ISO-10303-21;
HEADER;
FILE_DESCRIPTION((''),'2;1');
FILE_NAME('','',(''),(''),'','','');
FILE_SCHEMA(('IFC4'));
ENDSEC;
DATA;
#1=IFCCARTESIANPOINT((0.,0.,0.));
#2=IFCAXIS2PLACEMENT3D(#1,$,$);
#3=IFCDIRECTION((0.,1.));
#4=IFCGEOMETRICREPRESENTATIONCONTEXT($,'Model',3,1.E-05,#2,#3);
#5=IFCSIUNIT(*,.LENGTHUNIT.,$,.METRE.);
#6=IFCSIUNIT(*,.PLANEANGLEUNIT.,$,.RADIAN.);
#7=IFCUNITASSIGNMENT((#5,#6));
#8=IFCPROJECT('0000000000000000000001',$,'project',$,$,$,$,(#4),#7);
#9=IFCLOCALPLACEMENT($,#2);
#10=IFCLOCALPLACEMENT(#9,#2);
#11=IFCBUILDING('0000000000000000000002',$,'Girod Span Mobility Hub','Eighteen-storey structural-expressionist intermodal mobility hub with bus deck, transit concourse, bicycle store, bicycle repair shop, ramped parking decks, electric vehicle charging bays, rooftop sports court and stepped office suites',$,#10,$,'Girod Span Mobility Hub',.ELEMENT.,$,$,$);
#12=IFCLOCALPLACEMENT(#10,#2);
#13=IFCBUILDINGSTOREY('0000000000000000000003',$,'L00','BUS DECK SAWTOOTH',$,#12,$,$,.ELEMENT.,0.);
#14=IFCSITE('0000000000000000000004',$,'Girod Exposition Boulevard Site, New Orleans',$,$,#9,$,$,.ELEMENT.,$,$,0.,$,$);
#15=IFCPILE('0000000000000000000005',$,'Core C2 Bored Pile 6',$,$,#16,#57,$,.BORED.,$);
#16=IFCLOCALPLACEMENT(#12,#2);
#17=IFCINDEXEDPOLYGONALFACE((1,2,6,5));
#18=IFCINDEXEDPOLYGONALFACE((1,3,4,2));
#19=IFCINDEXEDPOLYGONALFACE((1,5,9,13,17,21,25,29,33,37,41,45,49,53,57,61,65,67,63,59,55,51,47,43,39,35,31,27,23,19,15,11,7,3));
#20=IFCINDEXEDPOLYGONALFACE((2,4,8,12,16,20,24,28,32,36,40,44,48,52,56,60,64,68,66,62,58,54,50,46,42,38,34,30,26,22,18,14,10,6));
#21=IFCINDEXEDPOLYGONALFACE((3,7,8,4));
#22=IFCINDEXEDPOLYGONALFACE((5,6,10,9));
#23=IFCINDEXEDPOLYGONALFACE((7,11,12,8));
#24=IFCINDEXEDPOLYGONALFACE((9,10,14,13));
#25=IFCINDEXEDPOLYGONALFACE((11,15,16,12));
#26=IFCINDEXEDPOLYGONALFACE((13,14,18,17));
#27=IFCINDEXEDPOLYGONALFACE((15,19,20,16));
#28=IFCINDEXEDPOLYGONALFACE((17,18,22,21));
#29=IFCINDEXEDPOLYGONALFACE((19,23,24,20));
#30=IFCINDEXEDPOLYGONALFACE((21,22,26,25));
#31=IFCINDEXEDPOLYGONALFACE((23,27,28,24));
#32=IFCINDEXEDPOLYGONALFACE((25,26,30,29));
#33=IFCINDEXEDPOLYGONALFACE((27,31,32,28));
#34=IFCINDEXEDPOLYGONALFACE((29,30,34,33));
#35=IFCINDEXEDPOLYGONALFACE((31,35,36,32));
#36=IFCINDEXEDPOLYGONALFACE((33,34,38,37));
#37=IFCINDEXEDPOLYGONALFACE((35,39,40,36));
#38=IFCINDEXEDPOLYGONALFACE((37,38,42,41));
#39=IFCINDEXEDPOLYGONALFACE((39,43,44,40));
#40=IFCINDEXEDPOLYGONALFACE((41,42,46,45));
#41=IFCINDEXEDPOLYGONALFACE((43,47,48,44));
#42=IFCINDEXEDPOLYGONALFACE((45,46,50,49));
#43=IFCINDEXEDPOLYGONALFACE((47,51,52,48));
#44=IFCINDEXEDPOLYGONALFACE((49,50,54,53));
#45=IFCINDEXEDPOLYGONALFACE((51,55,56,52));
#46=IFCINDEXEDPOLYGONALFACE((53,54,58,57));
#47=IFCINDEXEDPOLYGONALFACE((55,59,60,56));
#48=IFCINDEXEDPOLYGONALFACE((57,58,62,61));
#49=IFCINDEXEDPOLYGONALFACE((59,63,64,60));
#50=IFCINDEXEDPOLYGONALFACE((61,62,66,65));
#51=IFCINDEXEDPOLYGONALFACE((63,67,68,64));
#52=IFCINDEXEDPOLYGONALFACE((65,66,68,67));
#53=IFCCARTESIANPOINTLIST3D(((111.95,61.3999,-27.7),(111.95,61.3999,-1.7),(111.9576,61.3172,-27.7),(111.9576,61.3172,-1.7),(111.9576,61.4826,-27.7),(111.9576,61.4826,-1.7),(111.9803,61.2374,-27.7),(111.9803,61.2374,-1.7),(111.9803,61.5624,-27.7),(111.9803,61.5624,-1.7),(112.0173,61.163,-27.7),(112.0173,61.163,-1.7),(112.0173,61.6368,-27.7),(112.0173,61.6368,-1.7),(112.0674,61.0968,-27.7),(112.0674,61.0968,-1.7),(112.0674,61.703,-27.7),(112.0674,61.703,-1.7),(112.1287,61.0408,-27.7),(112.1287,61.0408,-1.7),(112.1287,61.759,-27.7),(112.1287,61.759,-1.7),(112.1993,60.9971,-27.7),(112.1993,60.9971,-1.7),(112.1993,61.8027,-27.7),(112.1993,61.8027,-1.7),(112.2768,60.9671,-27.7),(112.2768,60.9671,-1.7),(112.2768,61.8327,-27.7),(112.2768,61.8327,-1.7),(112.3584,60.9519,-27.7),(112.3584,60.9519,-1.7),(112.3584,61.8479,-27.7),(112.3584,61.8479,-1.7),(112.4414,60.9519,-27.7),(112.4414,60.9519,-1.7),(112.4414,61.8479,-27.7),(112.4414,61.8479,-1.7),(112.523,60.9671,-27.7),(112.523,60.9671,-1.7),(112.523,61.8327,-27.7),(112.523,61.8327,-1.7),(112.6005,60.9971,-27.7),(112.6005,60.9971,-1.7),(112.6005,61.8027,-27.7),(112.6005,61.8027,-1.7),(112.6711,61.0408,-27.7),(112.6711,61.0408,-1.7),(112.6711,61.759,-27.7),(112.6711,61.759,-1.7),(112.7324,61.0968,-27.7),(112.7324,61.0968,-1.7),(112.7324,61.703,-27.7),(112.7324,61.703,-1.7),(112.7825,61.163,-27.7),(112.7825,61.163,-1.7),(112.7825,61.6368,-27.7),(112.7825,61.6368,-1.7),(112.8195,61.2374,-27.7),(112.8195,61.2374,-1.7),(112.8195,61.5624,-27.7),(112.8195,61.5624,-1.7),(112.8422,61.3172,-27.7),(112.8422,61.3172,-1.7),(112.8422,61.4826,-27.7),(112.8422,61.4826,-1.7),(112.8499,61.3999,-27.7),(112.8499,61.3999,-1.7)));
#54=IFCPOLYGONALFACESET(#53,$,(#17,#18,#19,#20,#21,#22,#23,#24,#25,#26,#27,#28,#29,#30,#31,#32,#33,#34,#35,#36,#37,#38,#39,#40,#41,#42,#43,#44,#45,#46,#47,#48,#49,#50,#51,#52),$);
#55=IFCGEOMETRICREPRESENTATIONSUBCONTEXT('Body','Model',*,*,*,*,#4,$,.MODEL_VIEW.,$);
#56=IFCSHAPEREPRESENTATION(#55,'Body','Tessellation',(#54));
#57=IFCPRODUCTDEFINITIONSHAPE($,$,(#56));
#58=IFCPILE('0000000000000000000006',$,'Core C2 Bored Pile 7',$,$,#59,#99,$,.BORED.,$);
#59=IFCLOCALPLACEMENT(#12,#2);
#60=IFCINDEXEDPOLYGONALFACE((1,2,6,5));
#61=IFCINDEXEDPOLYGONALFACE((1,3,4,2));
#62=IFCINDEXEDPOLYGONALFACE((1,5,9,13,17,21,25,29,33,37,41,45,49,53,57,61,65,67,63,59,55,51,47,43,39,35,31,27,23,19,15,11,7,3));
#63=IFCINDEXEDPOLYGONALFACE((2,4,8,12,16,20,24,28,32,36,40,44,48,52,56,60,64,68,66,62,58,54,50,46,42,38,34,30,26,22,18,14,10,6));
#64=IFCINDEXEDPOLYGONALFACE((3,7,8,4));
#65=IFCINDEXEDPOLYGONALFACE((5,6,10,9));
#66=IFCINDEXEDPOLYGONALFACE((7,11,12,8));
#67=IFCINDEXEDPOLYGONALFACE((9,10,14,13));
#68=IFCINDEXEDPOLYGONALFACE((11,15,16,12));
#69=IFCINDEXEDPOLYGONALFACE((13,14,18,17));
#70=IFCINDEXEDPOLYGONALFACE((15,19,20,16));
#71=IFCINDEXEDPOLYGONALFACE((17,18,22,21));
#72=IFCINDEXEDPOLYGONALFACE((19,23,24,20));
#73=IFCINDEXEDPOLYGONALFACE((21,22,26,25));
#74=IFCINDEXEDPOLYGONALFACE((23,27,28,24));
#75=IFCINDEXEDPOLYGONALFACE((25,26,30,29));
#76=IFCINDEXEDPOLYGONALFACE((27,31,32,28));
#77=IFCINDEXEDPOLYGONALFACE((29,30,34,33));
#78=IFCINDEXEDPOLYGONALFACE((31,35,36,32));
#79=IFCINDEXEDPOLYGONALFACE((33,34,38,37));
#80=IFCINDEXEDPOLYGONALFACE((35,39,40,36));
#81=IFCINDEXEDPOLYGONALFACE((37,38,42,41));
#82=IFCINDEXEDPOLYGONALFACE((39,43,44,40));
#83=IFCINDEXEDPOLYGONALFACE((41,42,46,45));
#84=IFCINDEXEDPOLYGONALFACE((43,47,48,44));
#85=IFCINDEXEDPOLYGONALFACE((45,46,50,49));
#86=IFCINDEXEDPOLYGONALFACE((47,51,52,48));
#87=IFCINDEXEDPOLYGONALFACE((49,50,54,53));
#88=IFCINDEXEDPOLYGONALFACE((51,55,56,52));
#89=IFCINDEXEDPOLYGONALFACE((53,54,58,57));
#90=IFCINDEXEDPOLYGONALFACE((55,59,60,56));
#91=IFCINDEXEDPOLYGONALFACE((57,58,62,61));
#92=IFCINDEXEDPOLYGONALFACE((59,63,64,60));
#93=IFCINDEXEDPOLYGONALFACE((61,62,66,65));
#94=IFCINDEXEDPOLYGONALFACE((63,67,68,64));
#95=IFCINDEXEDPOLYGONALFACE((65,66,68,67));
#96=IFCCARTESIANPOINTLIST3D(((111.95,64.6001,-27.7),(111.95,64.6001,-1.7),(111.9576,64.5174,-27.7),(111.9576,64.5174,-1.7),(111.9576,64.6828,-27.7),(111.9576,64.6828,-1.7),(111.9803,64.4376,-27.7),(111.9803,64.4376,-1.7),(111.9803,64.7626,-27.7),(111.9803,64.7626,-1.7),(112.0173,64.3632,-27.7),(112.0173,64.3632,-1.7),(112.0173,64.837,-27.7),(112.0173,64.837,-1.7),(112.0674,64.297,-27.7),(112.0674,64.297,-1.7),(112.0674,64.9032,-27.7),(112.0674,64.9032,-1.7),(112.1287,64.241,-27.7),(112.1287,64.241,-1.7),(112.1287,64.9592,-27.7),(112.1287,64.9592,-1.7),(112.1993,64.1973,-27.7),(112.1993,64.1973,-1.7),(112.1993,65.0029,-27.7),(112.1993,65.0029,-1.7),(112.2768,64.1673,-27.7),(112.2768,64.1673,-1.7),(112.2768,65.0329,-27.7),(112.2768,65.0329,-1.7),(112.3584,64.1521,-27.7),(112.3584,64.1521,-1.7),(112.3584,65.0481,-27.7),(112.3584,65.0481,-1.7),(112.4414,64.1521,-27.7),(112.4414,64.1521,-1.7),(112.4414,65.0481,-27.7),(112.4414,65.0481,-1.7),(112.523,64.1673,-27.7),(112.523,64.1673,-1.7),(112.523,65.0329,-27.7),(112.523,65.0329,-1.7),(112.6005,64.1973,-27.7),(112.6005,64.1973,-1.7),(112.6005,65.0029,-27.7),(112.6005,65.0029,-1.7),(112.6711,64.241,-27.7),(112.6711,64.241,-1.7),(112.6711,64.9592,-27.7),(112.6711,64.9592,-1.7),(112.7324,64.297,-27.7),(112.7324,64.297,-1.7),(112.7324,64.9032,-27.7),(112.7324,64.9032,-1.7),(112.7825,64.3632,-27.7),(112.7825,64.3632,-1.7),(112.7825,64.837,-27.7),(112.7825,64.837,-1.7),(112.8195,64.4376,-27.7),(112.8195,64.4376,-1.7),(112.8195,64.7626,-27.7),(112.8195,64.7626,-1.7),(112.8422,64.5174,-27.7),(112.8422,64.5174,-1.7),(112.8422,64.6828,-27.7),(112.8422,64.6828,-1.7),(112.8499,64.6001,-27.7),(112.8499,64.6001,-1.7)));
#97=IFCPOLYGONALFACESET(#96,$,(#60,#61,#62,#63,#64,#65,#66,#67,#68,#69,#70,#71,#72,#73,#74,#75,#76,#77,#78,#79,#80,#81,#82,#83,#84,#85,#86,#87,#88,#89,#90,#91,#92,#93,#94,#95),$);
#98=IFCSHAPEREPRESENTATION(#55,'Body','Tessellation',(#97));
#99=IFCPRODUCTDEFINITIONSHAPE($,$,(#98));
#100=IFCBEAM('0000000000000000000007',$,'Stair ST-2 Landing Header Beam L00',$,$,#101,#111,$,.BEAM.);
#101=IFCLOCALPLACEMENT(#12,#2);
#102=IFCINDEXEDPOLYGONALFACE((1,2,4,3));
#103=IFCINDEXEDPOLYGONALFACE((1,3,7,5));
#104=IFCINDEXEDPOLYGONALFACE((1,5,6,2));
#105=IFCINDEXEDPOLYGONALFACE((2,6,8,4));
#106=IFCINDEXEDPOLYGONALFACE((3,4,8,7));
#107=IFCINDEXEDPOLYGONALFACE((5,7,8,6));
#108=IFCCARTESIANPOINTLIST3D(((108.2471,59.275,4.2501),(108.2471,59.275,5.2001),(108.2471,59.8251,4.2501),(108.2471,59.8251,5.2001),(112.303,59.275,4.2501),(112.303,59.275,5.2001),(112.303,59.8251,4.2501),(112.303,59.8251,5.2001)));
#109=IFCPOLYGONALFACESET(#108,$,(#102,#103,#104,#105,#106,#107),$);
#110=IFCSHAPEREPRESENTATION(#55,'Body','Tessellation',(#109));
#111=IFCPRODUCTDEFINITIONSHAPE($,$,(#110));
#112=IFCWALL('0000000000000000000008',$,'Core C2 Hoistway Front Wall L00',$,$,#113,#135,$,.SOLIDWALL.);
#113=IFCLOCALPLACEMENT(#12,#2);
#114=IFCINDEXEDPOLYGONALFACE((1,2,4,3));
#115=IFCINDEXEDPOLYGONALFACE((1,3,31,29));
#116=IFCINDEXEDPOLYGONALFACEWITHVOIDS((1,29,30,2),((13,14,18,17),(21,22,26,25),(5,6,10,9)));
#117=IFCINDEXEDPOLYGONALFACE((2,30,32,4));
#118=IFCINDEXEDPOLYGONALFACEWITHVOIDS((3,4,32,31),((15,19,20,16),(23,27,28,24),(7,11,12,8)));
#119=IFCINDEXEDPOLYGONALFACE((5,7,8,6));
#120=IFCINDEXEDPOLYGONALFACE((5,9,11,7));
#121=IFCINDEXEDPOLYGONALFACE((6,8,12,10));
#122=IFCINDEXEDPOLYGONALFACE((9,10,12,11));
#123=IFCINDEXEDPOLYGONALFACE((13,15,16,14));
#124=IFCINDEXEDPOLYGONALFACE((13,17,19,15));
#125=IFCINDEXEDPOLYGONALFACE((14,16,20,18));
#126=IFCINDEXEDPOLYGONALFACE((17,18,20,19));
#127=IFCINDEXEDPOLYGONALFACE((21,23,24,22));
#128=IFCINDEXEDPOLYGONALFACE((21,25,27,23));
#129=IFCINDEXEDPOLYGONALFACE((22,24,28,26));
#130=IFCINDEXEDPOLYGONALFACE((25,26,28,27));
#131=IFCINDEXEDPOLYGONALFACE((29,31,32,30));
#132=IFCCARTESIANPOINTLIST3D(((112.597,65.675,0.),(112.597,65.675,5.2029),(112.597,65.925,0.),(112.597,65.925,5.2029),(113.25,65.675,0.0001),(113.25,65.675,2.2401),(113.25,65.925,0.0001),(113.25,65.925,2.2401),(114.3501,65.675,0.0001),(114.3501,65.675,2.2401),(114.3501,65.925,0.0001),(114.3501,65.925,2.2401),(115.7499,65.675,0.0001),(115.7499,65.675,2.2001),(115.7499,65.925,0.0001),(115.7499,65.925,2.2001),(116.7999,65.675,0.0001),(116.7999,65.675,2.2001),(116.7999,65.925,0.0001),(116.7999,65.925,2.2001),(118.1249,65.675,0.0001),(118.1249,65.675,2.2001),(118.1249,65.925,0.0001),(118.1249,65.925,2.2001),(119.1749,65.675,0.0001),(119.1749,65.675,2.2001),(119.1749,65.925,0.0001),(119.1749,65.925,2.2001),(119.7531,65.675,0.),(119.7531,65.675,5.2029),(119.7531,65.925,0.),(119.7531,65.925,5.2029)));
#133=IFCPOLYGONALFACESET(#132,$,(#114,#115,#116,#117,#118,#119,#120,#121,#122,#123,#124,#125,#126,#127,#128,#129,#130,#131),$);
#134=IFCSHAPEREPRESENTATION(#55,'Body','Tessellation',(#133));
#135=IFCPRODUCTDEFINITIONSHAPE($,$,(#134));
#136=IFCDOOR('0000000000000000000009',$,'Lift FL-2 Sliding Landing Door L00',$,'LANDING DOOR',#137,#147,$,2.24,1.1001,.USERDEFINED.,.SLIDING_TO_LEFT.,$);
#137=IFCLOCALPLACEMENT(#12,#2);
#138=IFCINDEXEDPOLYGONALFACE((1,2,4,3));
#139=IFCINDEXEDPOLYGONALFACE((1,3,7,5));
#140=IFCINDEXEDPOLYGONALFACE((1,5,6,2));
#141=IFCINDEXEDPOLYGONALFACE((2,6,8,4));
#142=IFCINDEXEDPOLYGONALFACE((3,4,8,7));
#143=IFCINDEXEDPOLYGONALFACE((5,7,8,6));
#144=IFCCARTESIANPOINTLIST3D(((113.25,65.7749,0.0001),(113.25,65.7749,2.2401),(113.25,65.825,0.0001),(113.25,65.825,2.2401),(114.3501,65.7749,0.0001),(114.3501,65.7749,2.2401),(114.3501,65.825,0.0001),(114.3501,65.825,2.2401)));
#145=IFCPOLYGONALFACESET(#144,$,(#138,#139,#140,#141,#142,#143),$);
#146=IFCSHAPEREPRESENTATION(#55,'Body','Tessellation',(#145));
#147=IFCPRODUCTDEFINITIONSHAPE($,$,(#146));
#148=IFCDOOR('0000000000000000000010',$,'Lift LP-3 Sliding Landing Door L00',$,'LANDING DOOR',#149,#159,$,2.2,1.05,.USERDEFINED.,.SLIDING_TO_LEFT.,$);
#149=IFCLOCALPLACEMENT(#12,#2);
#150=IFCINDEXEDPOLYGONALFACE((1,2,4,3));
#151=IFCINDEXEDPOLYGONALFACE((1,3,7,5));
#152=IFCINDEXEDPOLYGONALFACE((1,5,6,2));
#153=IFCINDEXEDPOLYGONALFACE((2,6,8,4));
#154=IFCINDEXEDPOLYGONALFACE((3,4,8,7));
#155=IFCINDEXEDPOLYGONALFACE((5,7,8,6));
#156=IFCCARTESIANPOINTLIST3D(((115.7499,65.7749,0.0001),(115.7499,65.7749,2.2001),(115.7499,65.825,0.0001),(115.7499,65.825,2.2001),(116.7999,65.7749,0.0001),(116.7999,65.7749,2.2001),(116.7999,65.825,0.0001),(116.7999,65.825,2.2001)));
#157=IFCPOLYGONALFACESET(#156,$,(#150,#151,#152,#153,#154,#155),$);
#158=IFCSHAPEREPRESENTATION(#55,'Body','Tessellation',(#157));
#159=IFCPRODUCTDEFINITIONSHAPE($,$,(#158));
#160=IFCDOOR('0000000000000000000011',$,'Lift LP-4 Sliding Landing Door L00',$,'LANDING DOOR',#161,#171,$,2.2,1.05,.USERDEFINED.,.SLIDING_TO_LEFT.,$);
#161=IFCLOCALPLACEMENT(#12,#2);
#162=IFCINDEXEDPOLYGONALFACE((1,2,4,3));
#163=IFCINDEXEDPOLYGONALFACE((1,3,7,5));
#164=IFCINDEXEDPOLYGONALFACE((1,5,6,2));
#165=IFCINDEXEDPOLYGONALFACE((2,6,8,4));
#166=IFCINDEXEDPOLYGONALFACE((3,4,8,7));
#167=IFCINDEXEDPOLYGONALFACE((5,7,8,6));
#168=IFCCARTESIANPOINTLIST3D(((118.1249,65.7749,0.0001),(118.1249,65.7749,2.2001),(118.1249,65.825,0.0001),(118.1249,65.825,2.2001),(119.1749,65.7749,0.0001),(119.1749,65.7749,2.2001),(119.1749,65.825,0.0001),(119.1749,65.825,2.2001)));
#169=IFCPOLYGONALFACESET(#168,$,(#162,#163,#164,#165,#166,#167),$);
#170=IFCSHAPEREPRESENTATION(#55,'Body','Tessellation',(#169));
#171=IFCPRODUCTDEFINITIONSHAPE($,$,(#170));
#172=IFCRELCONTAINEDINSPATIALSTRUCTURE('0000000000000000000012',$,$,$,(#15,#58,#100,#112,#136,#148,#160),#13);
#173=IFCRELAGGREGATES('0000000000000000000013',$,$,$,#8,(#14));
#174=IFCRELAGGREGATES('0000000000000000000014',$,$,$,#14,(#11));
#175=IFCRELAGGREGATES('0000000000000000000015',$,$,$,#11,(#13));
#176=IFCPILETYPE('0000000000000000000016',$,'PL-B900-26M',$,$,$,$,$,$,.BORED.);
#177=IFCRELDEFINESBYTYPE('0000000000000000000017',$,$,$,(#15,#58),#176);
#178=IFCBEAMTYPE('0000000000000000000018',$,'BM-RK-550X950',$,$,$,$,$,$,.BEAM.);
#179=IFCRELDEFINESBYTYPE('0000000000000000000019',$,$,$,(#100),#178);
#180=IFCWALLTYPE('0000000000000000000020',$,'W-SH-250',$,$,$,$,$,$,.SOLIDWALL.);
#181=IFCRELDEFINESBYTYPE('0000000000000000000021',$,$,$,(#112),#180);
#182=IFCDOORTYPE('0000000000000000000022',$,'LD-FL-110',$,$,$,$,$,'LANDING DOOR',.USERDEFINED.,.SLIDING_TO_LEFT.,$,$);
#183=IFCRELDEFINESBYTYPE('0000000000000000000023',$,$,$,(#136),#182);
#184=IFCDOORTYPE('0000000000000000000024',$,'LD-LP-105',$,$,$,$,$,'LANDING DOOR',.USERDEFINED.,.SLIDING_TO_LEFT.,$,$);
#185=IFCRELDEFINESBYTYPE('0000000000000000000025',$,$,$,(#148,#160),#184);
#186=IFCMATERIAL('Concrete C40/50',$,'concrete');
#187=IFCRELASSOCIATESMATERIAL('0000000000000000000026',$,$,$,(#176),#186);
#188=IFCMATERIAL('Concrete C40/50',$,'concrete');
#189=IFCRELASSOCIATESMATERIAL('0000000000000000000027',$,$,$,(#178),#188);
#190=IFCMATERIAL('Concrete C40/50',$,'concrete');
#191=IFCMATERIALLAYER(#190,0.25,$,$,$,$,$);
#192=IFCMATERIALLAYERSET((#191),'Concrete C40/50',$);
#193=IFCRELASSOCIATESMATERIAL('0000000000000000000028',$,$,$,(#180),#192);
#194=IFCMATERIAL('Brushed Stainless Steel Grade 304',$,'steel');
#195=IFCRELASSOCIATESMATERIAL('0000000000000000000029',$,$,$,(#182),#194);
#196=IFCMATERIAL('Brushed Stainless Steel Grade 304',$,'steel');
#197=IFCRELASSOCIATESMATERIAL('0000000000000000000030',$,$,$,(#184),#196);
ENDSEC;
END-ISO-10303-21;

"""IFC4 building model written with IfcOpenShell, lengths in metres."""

from ifc_helpers import new_model, si_unit, direction, frame, frame_2d, origin, origin_2d, place, context, subcontext, project, spatial, rectangle, circle, extrude, material, layer, layer_set, material_profile, profile_set, type_object, element, fill, save


model = new_model("IFC4")

# Units and contexts
model_context = context("Model", 3, precision=1e-05, world=origin(), true_north=direction((0.0, 1.0)))
body_context = subcontext(model_context, "Body", "Model", "MODEL_VIEW")
ifc_project = project(units=[si_unit("LENGTHUNIT", "METRE"), si_unit("PLANEANGLEUNIT", "RADIAN")], contexts=[model_context])

# Site, building, storey
site_placement = place(None, origin())
site = spatial("IfcSite", under=ifc_project, at=site_placement, Name="Girod Exposition Boulevard Site, New Orleans", CompositionType="ELEMENT", RefElevation=0.0)
building_placement = place(site_placement, origin())
building = spatial("IfcBuilding", under=site, at=building_placement, Name="Girod Span Mobility Hub", Description="Eighteen-storey structural-expressionist intermodal mobility hub with bus deck, transit concourse, bicycle store, bicycle repair shop, ramped parking decks, electric vehicle charging bays, rooftop sports court and stepped office suites", LongName="Girod Span Mobility Hub", CompositionType="ELEMENT")
storey_placement = place(building_placement, origin())
storey = spatial("IfcBuildingStorey", under=building, at=storey_placement, Name="L00", Description="BUS DECK SAWTOOTH", CompositionType="ELEMENT", Elevation=0.0)

# Piles
ifc_material_1 = material(Name="Concrete C40/50", Category="concrete")
ifc_material_profile_1 = material_profile(ifc_material_1, circle(Radius=0.45, at=origin_2d()), Name="PILE-D900")
ifc_profile_set_1 = profile_set([ifc_material_profile_1], Name="Concrete C40/50")
pile_type = type_object("IfcPileType", Name="PL-B900-26M", PredefinedType="BORED", material=ifc_profile_set_1)
for number, where, z_axis, x_axis, name in (
    (1, (112.3999, 61.3999, -1.7), (0.0, 0.0, -1.0), (1.0, 0.0, 0.0), "Core C2 Bored Pile 6"),
    (2, (112.3999, 64.6001, -1.7), (0.0, 0.0, -1.0), (1.0, 0.0, 0.0), "Core C2 Bored Pile 7"),
):
    element("IfcPile", number, at=place(storey_placement, frame(where, z_axis=z_axis, x_axis=x_axis)), inside=storey, type_object=pile_type, Name=name, PredefinedType="BORED", context=body_context, shape_type="SweptSolid", body=[
        extrude(circle(Radius=0.45, at=origin_2d()), origin(), (0.0, 0.0, 1.0), 26.0),
    ])

# Beam
ifc_material_2 = material(Name="Concrete C40/50", Category="concrete")
ifc_material_profile_2 = material_profile(ifc_material_2, rectangle(XDim=0.55, YDim=0.95, at=origin_2d()), Name="RK-550X950")
ifc_profile_set_2 = profile_set([ifc_material_profile_2], Name="Concrete C40/50")
beam_type = type_object("IfcBeamType", Name="BM-RK-550X950", PredefinedType="BEAM", material=ifc_profile_set_2)
beam_placement = place(storey_placement, frame((108.2471, 59.55, 4.7251), z_axis=(1.0, 0.0, 0.0), x_axis=(0.0, 1.0, 0.0)))
element("IfcBeam", 3, at=beam_placement, inside=storey, type_object=beam_type, Name="Stair ST-2 Landing Header Beam L00", PredefinedType="BEAM", context=body_context, shape_type="SweptSolid", body=[
    extrude(rectangle(XDim=0.55, YDim=0.95, at=origin_2d()), origin(), (0.0, 0.0, 1.0), 4.0559),
])

# Wall, openings, doors
ifc_material_3 = material(Name="Concrete C40/50", Category="concrete")
ifc_layer_1 = layer(ifc_material_3, 0.25)
ifc_layer_set_1 = layer_set([ifc_layer_1], Name="Concrete C40/50")
wall_type_1 = type_object("IfcWallType", Name="W-SH-250", PredefinedType="SOLIDWALL", material=ifc_layer_set_1)
wall_1_placement = place(storey_placement, frame((112.5969, 65.8, 0.0), z_axis=(0.0, 0.0, 1.0), x_axis=(1.0, 0.0, 0.0)))
wall_1 = element("IfcWall", 4, at=wall_1_placement, inside=storey, type_object=wall_type_1, Name="Core C2 Hoistway Front Wall L00", PredefinedType="SOLIDWALL", context=body_context, shape_type="SweptSolid", body=[
    extrude(rectangle(XDim=7.156, YDim=0.25, at=frame_2d((3.5781, 0.0))), origin(), (0.0, 0.0, 1.0), 5.2029),
])
opening_1_placement = place(wall_1_placement, frame((0.6531, 0.0, 0.0)))
opening_1 = element("IfcOpeningElement", 5, at=opening_1_placement, cuts=wall_1, PredefinedType="OPENING", context=body_context, shape_type="SweptSolid", body=[
    extrude(rectangle(XDim=1.1001, YDim=2.24, at=frame_2d((0.55, 1.1201))), frame((0.0, 0.1399, 0.0), z_axis=(0.0, -1.0, 0.0), x_axis=(1.0, 0.0, 0.0)), (0.0, 0.0, 1.0), 0.28),
])
opening_2_placement = place(wall_1_placement, frame((3.1531, 0.0, 0.0)))
opening_2 = element("IfcOpeningElement", 6, at=opening_2_placement, cuts=wall_1, PredefinedType="OPENING", context=body_context, shape_type="SweptSolid", body=[
    extrude(rectangle(XDim=1.05, YDim=2.2, at=frame_2d((0.5249, 1.1001))), frame((0.0, 0.1399, 0.0), z_axis=(0.0, -1.0, 0.0), x_axis=(1.0, 0.0, 0.0)), (0.0, 0.0, 1.0), 0.28),
])
opening_3_placement = place(wall_1_placement, frame((5.5281, 0.0, 0.0)))
opening_3 = element("IfcOpeningElement", 7, at=opening_3_placement, cuts=wall_1, PredefinedType="OPENING", context=body_context, shape_type="SweptSolid", body=[
    extrude(rectangle(XDim=1.05, YDim=2.2, at=frame_2d((0.5249, 1.1001))), frame((0.0, 0.1399, 0.0), z_axis=(0.0, -1.0, 0.0), x_axis=(1.0, 0.0, 0.0)), (0.0, 0.0, 1.0), 0.28),
])
ifc_material_4 = material(Name="Brushed Stainless Steel Grade 304", Category="steel")
door_type_1 = type_object("IfcDoorType", Name="LD-FL-110", ElementType="LANDING DOOR", OperationType="SLIDING_TO_LEFT", PredefinedType="USERDEFINED", material=ifc_material_4)
door_1_placement = place(opening_1_placement, origin())
door_1 = element("IfcDoor", 8, at=door_1_placement, inside=storey, type_object=door_type_1, Name="Lift FL-2 Sliding Landing Door L00", ObjectType="LANDING DOOR", OperationType="SLIDING_TO_LEFT", OverallHeight=2.24, OverallWidth=1.1001, PredefinedType="USERDEFINED", context=body_context, shape_type="SweptSolid", body=[
    extrude(rectangle(XDim=1.1001, YDim=2.24, at=frame_2d((0.55, 1.1201))), frame((0.0, 0.0249, 0.0), z_axis=(0.0, -1.0, 0.0), x_axis=(1.0, 0.0, 0.0)), (0.0, 0.0, 1.0), 0.05),
])
fill(opening_1, door_1)
ifc_material_5 = material(Name="Brushed Stainless Steel Grade 304", Category="steel")
door_type_2 = type_object("IfcDoorType", Name="LD-LP-105", ElementType="LANDING DOOR", OperationType="SLIDING_TO_LEFT", PredefinedType="USERDEFINED", material=ifc_material_5)
door_2_placement = place(opening_2_placement, origin())
door_2 = element("IfcDoor", 9, at=door_2_placement, inside=storey, type_object=door_type_2, Name="Lift LP-3 Sliding Landing Door L00", ObjectType="LANDING DOOR", OperationType="SLIDING_TO_LEFT", OverallHeight=2.2, OverallWidth=1.05, PredefinedType="USERDEFINED", context=body_context, shape_type="SweptSolid", body=[
    extrude(rectangle(XDim=1.05, YDim=2.2, at=frame_2d((0.5249, 1.1001))), frame((0.0, 0.0249, 0.0), z_axis=(0.0, -1.0, 0.0), x_axis=(1.0, 0.0, 0.0)), (0.0, 0.0, 1.0), 0.05),
])
fill(opening_2, door_2)
door_3_placement = place(opening_3_placement, origin())
door_3 = element("IfcDoor", 10, at=door_3_placement, inside=storey, type_object=door_type_2, Name="Lift LP-4 Sliding Landing Door L00", ObjectType="LANDING DOOR", OperationType="SLIDING_TO_LEFT", OverallHeight=2.2, OverallWidth=1.05, PredefinedType="USERDEFINED", context=body_context, shape_type="SweptSolid", body=[
    extrude(rectangle(XDim=1.05, YDim=2.2, at=frame_2d((0.5249, 1.1001))), frame((0.0, 0.0249, 0.0), z_axis=(0.0, -1.0, 0.0), x_axis=(1.0, 0.0, 0.0)), (0.0, 0.0, 1.0), 0.05),
])
fill(opening_3, door_3)

save(model, "model.ifc")
